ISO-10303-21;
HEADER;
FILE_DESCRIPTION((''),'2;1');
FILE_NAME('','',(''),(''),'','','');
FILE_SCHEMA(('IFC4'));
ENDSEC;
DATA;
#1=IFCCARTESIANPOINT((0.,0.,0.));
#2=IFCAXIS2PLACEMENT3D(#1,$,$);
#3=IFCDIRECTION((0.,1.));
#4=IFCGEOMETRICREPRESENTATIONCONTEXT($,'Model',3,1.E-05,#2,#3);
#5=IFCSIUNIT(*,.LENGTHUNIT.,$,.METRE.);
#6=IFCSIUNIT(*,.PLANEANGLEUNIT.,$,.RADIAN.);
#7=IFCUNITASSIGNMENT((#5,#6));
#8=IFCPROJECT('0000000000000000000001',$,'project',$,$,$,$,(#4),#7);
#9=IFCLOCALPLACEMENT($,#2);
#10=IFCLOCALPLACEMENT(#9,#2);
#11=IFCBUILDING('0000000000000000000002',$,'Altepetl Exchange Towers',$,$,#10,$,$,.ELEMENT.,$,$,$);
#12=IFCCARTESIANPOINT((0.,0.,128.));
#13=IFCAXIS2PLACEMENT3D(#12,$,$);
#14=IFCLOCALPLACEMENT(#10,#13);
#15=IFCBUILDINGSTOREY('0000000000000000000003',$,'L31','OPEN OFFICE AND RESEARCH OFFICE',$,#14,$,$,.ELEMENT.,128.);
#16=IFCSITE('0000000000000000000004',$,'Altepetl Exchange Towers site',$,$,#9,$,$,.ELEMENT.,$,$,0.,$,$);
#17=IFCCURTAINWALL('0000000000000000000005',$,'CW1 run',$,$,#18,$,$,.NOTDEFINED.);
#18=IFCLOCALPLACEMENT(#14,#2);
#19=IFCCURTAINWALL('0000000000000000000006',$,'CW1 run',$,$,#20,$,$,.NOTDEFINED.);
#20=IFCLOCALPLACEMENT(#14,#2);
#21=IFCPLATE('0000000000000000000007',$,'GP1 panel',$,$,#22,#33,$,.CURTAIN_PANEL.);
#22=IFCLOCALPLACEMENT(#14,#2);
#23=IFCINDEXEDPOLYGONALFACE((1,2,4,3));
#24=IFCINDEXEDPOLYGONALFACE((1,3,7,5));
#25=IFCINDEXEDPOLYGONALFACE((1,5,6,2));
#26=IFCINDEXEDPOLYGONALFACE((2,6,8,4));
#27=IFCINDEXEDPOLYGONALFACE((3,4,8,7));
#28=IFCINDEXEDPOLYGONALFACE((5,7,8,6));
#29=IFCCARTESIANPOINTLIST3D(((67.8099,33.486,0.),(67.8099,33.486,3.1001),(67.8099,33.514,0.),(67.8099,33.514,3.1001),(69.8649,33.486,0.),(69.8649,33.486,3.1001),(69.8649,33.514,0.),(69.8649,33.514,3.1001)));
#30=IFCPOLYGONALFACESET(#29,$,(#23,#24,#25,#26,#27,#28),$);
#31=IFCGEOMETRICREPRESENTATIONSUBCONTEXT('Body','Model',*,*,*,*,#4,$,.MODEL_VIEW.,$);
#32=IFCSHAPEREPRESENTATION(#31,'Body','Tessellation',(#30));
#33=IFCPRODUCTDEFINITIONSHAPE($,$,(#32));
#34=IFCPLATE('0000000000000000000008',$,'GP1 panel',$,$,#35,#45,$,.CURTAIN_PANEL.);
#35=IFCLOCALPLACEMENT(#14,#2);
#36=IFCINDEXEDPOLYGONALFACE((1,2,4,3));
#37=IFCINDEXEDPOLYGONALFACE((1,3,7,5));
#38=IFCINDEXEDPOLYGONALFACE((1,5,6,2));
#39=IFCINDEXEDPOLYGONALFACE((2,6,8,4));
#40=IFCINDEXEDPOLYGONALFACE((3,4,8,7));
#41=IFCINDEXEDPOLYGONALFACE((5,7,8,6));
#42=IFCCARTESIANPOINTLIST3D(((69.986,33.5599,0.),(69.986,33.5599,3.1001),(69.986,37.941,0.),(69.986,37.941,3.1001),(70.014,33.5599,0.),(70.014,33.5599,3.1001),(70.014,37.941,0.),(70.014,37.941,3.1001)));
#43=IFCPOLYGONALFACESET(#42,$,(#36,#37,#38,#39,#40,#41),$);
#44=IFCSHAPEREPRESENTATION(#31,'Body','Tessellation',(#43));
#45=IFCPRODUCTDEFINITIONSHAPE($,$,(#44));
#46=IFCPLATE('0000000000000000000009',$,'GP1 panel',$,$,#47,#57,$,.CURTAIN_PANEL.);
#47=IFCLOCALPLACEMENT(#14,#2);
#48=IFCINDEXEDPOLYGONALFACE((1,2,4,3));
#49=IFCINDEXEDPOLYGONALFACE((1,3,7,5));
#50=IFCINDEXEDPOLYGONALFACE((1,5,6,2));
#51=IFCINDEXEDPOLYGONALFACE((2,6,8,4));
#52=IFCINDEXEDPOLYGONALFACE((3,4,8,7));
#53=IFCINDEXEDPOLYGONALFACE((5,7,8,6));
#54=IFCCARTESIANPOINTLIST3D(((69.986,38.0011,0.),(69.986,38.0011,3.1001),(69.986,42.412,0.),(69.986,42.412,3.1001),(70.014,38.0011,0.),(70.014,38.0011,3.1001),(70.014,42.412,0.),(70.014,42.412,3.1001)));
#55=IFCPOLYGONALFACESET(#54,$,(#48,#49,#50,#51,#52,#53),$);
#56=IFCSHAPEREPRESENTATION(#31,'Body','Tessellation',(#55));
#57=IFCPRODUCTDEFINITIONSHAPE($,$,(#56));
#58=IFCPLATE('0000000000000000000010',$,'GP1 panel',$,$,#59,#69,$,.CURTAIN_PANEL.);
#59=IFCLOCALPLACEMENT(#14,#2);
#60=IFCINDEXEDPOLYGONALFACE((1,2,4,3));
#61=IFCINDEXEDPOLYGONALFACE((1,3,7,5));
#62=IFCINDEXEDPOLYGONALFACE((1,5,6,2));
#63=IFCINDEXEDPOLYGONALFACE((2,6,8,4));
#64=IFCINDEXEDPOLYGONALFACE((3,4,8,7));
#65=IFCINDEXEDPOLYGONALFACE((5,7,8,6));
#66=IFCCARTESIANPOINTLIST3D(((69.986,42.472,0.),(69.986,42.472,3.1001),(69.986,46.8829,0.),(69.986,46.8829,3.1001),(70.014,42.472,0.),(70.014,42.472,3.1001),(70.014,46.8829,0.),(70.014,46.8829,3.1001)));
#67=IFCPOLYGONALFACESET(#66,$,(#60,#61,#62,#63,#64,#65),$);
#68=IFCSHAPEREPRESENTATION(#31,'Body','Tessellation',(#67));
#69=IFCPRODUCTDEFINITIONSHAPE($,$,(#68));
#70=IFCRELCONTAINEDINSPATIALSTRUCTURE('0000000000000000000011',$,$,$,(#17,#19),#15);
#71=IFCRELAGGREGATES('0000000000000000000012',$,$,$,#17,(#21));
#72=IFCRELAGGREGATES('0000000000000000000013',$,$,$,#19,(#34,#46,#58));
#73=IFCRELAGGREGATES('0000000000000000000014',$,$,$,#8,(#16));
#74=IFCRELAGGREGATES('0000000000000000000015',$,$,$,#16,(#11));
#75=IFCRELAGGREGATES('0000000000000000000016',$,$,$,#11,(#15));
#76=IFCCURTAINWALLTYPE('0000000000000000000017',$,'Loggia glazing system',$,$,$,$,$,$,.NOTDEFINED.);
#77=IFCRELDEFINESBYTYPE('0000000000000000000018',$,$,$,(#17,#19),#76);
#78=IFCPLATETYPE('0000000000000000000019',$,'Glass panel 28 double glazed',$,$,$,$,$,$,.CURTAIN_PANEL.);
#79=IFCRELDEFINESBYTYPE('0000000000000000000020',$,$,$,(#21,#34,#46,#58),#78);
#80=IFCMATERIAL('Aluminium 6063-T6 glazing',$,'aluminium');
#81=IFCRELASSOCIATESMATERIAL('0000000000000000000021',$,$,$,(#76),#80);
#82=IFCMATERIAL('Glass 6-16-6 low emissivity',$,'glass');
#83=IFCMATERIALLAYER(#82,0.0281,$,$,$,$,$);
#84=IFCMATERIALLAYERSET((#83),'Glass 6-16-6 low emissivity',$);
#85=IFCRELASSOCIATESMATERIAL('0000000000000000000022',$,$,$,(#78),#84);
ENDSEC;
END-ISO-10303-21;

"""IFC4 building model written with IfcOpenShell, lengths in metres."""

from ifc_helpers import new_model, si_unit, direction, frame, origin, origin_2d, place, context, subcontext, project, spatial, rectangle, extrude, material, layer, layer_set, type_object, element, aggregate, save


model = new_model("IFC4")

# Units and contexts
model_context = context("Model", 3, precision=1e-05, world=origin(), true_north=direction((0.0, 1.0)))
body_context = subcontext(model_context, "Body", "Model", "MODEL_VIEW")
ifc_project = project(units=[si_unit("LENGTHUNIT", "METRE"), si_unit("PLANEANGLEUNIT", "RADIAN")], contexts=[model_context])

# Site, building, storey
site_placement = place(None, origin())
site = spatial("IfcSite", under=ifc_project, at=site_placement, Name="Altepetl Exchange Towers site", CompositionType="ELEMENT", RefElevation=0.0)
building_placement = place(site_placement, origin())
building = spatial("IfcBuilding", under=site, at=building_placement, Name="Altepetl Exchange Towers", CompositionType="ELEMENT")
storey_placement = place(building_placement, frame((0.0, 0.0, 128.0)))
storey = spatial("IfcBuildingStorey", under=building, at=storey_placement, Name="L31", Description="OPEN OFFICE AND RESEARCH OFFICE", CompositionType="ELEMENT", Elevation=128.0)

# Curtain walls
ifc_material_1 = material(Name="Aluminium 6063-T6 glazing", Category="aluminium")
curtain_wall_type = type_object("IfcCurtainWallType", Name="Loggia glazing system", PredefinedType="NOTDEFINED", material=ifc_material_1)
curtain_wall_1_placement = place(storey_placement, origin())
curtain_wall_1 = element("IfcCurtainWall", 1, at=curtain_wall_1_placement, inside=storey, type_object=curtain_wall_type, Name="CW1 run", PredefinedType="NOTDEFINED")
curtain_wall_2_placement = place(storey_placement, origin())
curtain_wall_2 = element("IfcCurtainWall", 2, at=curtain_wall_2_placement, inside=storey, type_object=curtain_wall_type, Name="CW1 run", PredefinedType="NOTDEFINED")

# Plates
ifc_material_2 = material(Name="Glass 6-16-6 low emissivity", Category="glass")
ifc_layer = layer(ifc_material_2, 0.0281)
ifc_layer_set = layer_set([ifc_layer], Name="Glass 6-16-6 low emissivity")
plate_type = type_object("IfcPlateType", Name="Glass panel 28 double glazed", PredefinedType="CURTAIN_PANEL", material=ifc_layer_set)
plate_1_placement = place(storey_placement, frame((68.8374, 33.5, 0.0)))
plate_1 = element("IfcPlate", 3, at=plate_1_placement, type_object=plate_type, Name="GP1 panel", PredefinedType="CURTAIN_PANEL", context=body_context, shape_type="SweptSolid", body=[
    extrude(rectangle(XDim=2.0549, YDim=0.0281, at=origin_2d()), origin(), (0.0, 0.0, 1.0), 3.1001),
])
aggregate(curtain_wall_1, [plate_1])
plate_2_placement = place(storey_placement, frame((70.0, 35.7505, 0.0), z_axis=(0.0, 0.0, 1.0), x_axis=(0.0, 1.0, 0.0)))
plate_2 = element("IfcPlate", 4, at=plate_2_placement, type_object=plate_type, Name="GP1 panel", PredefinedType="CURTAIN_PANEL", context=body_context, shape_type="SweptSolid", body=[
    extrude(rectangle(XDim=4.3811, YDim=0.0281, at=origin_2d()), origin(), (0.0, 0.0, 1.0), 3.1001),
])
plate_3_placement = place(storey_placement, frame((70.0, 40.2065, 0.0), z_axis=(0.0, 0.0, 1.0), x_axis=(0.0, 1.0, 0.0)))
plate_3 = element("IfcPlate", 5, at=plate_3_placement, type_object=plate_type, Name="GP1 panel", PredefinedType="CURTAIN_PANEL", context=body_context, shape_type="SweptSolid", body=[
    extrude(rectangle(XDim=4.4109, YDim=0.0281, at=origin_2d()), origin(), (0.0, 0.0, 1.0), 3.1001),
])
plate_4_placement = place(storey_placement, frame((70.0, 44.6775, 0.0), z_axis=(0.0, 0.0, 1.0), x_axis=(0.0, 1.0, 0.0)))
plate_4 = element("IfcPlate", 6, at=plate_4_placement, type_object=plate_type, Name="GP1 panel", PredefinedType="CURTAIN_PANEL", context=body_context, shape_type="SweptSolid", body=[
    extrude(rectangle(XDim=4.4109, YDim=0.0281, at=origin_2d()), origin(), (0.0, 0.0, 1.0), 3.1001),
])
aggregate(curtain_wall_2, [plate_2, plate_3, plate_4])

save(model, "model.ifc")
